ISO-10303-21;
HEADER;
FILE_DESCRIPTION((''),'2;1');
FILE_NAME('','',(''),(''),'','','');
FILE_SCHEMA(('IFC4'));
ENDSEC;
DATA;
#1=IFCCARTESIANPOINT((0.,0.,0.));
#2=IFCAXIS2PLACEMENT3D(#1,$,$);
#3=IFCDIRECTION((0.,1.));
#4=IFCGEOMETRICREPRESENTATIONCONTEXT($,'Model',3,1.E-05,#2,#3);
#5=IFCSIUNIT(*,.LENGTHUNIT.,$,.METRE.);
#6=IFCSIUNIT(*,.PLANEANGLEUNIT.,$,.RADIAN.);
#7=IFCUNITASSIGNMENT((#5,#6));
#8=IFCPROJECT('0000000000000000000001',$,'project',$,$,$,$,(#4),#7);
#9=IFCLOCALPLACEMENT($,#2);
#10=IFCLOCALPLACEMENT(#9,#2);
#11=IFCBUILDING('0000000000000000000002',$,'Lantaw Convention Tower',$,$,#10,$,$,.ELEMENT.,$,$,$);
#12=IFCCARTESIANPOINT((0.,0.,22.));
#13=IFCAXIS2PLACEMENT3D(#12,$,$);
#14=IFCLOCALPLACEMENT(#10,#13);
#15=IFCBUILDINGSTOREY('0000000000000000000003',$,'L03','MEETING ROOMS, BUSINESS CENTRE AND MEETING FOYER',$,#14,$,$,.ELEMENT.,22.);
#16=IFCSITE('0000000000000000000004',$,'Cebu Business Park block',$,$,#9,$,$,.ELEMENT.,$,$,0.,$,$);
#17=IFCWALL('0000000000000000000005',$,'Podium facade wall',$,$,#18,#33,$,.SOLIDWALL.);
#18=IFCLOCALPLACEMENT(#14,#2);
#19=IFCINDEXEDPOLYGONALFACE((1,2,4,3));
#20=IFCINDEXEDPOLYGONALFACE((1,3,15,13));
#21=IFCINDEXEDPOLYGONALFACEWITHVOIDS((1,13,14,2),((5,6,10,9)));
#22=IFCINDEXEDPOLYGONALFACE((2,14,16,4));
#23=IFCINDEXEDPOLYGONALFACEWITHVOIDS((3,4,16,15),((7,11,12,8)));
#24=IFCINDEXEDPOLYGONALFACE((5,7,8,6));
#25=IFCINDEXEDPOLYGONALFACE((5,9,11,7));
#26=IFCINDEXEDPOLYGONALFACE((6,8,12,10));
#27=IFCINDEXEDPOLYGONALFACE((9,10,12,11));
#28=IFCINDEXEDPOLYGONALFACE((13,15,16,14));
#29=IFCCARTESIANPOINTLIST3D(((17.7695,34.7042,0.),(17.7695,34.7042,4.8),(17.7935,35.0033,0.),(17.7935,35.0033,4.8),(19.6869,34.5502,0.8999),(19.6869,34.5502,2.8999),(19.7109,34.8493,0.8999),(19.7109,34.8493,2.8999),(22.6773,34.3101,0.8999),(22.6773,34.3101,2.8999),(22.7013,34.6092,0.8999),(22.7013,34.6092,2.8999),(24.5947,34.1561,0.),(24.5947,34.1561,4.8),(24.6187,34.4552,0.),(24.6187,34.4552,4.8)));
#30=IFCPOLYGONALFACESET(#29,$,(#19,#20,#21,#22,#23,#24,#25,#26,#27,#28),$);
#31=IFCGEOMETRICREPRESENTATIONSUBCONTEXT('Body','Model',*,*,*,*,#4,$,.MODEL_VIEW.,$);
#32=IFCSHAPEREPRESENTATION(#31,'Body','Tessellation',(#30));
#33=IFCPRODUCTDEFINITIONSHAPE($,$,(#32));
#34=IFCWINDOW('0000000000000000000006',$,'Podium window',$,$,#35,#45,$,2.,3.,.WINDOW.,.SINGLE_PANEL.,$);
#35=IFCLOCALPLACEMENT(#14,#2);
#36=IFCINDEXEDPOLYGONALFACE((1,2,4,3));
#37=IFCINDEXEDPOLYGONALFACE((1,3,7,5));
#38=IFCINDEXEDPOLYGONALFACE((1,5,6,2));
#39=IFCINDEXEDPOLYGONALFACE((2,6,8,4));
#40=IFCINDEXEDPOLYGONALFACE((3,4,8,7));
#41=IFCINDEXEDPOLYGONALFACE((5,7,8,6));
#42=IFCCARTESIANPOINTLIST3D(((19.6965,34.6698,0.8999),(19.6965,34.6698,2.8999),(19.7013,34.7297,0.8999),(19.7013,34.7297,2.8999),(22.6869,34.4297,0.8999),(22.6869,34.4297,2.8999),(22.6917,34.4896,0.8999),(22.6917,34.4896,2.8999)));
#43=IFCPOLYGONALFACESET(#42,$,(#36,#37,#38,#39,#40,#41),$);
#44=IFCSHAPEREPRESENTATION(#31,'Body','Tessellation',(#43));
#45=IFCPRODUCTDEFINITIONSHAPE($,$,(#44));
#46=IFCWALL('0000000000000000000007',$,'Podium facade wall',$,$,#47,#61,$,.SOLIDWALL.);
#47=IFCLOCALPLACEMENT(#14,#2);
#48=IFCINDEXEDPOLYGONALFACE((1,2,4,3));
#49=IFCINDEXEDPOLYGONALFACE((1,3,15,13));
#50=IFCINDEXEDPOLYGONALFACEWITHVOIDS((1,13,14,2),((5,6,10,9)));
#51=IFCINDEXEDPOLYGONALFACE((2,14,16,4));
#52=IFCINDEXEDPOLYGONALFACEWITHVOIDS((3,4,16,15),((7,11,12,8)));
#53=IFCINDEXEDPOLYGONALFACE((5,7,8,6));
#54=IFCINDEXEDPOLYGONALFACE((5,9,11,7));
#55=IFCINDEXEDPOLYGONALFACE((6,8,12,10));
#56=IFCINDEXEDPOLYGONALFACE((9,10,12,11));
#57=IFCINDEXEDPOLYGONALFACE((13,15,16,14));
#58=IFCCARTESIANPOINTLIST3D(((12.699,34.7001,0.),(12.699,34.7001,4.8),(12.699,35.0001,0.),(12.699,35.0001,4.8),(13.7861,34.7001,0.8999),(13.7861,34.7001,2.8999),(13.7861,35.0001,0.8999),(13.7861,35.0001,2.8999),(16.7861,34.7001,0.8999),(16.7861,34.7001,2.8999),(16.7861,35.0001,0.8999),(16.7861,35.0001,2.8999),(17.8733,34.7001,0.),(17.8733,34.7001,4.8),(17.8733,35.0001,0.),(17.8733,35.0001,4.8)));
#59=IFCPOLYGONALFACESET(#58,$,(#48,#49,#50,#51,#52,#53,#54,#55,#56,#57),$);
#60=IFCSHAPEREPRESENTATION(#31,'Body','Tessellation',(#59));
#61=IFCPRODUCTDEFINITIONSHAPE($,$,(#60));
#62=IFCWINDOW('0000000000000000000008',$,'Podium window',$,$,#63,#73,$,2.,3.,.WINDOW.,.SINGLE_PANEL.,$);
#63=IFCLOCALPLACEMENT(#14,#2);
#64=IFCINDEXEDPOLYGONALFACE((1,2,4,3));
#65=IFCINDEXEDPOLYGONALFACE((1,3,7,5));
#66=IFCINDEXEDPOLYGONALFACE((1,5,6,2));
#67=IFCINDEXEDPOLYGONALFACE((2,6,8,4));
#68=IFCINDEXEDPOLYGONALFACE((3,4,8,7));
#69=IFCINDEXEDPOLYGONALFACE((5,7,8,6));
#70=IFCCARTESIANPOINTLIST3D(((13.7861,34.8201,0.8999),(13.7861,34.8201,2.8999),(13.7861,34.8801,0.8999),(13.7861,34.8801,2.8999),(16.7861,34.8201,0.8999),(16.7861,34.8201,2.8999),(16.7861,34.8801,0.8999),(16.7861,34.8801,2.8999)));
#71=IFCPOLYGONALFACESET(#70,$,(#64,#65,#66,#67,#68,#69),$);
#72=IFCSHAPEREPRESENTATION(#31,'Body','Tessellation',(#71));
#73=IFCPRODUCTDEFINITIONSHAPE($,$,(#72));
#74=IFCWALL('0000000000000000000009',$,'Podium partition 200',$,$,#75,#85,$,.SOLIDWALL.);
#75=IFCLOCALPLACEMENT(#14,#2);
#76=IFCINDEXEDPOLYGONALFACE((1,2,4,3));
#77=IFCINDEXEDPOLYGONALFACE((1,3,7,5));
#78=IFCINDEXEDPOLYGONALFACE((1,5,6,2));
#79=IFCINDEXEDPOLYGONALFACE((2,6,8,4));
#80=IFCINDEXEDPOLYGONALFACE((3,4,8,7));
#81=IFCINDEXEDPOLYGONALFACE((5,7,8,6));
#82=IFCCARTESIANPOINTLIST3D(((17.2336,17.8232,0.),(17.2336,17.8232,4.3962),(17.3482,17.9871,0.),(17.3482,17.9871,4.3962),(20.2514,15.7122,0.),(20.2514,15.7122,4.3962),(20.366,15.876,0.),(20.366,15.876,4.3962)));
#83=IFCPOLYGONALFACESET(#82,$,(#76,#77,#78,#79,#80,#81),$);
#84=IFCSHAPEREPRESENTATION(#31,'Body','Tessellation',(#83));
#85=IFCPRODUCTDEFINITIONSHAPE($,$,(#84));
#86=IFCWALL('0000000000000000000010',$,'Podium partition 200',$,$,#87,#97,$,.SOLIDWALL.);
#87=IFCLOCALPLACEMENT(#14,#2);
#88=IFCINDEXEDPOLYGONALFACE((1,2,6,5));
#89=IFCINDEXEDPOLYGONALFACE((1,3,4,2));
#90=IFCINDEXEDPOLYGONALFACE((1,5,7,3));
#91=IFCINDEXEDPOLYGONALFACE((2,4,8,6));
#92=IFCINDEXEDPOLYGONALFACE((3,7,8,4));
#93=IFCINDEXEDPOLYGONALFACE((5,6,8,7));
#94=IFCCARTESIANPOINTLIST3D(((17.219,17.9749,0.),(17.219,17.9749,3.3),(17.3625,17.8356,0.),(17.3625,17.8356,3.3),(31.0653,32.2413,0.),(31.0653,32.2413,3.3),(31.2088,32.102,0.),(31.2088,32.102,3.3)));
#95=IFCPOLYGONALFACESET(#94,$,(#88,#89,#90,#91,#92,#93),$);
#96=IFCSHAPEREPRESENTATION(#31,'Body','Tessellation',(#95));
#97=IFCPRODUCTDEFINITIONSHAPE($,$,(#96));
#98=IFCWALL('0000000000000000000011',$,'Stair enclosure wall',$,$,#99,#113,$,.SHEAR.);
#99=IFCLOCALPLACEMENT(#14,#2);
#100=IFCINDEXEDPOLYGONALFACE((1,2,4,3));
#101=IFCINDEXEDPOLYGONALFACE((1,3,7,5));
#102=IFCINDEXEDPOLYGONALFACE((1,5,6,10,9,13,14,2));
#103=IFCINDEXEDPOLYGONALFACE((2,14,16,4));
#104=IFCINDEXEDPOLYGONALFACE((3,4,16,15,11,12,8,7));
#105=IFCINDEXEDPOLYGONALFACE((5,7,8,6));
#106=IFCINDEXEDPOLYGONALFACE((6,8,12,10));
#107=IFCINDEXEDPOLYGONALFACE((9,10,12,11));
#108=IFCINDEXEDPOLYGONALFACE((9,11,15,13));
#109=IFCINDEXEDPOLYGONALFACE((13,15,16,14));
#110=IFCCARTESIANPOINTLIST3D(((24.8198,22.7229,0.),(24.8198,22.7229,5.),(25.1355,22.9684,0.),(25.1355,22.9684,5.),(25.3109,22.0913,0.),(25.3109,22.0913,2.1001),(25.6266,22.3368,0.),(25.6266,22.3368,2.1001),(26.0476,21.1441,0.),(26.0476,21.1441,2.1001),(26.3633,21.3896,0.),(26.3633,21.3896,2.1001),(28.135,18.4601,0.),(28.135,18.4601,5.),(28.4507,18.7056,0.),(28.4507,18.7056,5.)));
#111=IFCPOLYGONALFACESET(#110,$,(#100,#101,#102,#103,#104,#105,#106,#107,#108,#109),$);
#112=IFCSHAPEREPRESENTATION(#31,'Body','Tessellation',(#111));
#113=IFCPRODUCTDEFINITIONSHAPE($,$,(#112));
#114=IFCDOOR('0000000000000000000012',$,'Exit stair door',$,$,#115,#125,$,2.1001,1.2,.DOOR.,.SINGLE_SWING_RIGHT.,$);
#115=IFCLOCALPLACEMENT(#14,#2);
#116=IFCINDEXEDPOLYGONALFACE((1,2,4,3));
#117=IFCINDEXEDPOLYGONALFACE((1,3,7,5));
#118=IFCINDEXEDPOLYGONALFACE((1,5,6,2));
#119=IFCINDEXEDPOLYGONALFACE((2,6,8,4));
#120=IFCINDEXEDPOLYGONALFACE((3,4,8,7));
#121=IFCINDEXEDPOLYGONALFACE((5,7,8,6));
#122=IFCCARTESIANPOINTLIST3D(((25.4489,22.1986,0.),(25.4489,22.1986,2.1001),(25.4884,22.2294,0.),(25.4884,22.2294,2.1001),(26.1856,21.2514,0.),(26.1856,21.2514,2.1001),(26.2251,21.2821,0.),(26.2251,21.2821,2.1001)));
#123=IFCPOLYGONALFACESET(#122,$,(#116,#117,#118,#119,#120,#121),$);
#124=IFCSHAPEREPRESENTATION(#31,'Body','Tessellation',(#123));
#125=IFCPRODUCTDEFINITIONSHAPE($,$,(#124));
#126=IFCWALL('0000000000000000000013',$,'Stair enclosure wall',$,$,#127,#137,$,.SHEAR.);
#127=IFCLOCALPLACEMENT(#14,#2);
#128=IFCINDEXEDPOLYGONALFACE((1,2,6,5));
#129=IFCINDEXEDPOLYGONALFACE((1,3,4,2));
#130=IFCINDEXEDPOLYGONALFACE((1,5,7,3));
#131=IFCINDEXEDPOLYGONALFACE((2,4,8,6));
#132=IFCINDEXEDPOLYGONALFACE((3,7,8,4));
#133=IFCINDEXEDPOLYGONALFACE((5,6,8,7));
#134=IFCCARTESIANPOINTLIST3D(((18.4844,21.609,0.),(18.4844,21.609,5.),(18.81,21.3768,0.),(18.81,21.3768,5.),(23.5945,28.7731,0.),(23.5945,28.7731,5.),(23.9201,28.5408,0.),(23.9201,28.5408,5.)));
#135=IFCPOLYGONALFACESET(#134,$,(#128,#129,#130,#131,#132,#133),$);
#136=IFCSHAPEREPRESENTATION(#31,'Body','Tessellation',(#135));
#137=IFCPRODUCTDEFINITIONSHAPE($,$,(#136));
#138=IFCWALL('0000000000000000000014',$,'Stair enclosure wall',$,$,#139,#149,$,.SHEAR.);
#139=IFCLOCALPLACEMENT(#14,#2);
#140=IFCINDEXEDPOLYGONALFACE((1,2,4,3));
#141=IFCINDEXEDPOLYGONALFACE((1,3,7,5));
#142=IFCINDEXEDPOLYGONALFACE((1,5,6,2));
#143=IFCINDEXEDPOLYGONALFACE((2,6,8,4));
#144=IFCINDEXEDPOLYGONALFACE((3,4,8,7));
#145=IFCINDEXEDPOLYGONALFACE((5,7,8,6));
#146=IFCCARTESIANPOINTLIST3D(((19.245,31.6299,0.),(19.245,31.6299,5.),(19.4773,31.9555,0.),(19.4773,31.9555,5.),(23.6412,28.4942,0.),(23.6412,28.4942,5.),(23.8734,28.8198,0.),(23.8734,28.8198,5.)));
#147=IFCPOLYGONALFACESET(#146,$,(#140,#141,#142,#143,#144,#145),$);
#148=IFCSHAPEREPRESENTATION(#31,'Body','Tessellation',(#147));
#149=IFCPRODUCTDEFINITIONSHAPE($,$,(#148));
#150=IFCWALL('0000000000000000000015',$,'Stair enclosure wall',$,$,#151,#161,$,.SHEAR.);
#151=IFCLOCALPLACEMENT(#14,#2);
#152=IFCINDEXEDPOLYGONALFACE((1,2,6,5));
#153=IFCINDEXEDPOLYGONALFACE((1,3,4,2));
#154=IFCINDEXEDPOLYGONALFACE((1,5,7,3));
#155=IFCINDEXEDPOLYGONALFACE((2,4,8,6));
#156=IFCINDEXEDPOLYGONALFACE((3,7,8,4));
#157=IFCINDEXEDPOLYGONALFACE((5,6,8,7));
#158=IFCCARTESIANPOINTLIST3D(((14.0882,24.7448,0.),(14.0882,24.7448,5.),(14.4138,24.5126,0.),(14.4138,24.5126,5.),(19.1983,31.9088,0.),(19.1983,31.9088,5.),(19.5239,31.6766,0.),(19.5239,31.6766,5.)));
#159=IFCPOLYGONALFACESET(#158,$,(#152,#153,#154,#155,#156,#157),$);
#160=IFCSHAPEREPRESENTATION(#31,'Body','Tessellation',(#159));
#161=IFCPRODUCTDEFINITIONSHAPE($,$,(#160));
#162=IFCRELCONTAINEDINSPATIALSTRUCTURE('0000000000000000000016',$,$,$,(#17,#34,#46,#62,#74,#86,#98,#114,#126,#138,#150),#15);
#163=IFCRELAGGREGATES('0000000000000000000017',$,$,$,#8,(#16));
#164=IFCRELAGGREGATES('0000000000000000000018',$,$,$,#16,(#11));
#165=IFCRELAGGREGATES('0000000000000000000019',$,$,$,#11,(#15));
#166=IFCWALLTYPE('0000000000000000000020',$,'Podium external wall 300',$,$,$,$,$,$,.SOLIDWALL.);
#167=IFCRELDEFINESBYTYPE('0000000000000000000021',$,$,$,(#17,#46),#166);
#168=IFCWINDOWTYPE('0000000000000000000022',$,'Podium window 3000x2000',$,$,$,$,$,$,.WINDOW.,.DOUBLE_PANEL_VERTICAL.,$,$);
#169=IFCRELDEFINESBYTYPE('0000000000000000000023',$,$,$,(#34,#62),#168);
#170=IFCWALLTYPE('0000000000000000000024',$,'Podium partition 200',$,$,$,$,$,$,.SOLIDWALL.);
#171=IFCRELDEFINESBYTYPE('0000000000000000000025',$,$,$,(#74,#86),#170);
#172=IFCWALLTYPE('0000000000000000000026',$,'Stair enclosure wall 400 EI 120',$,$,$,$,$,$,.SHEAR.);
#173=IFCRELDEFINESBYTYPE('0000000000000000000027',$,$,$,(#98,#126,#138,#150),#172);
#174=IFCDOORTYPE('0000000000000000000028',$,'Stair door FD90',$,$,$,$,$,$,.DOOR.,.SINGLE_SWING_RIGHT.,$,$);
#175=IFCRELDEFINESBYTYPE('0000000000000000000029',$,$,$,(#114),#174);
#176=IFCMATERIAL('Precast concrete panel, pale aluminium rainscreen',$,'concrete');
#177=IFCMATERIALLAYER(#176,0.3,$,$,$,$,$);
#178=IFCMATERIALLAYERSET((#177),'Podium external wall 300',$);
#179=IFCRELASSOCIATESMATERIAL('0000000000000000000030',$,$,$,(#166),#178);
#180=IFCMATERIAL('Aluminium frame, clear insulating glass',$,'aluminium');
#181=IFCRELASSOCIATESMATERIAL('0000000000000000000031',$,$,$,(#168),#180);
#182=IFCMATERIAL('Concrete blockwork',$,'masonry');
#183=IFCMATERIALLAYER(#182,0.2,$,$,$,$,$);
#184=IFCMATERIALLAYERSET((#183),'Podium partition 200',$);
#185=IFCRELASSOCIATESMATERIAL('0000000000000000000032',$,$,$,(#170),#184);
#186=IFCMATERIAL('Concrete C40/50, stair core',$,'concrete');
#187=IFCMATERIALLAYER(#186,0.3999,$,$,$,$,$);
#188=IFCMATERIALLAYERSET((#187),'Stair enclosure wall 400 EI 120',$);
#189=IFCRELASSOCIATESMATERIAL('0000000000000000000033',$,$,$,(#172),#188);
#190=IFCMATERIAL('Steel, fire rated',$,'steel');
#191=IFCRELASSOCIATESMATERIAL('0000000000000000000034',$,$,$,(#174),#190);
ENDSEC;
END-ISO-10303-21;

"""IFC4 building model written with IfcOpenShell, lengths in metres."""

from ifc_helpers import new_model, si_unit, direction, frame, frame_2d, origin, place, context, subcontext, project, spatial, rectangle, extrude, material, layer, layer_set, type_object, element, fill, save


model = new_model("IFC4")

# Units and contexts
model_context = context("Model", 3, precision=1e-05, world=origin(), true_north=direction((0.0, 1.0)))
body_context = subcontext(model_context, "Body", "Model", "MODEL_VIEW")
ifc_project = project(units=[si_unit("LENGTHUNIT", "METRE"), si_unit("PLANEANGLEUNIT", "RADIAN")], contexts=[model_context])

# Site, building, storey
site_placement = place(None, origin())
site = spatial("IfcSite", under=ifc_project, at=site_placement, Name="Cebu Business Park block", CompositionType="ELEMENT", RefElevation=0.0)
building_placement = place(site_placement, origin())
building = spatial("IfcBuilding", under=site, at=building_placement, Name="Lantaw Convention Tower", CompositionType="ELEMENT")
storey_placement = place(building_placement, frame((0.0, 0.0, 22.0)))
storey = spatial("IfcBuildingStorey", under=building, at=storey_placement, Name="L03", Description="MEETING ROOMS, BUSINESS CENTRE AND MEETING FOYER", CompositionType="ELEMENT", Elevation=22.0)

# Walls, openings, windows
ifc_material_1 = material(Name="Precast concrete panel, pale aluminium rainscreen", Category="concrete")
ifc_layer_1 = layer(ifc_material_1, 0.3)
ifc_layer_set_1 = layer_set([ifc_layer_1], Name="Podium external wall 300")
wall_type_1 = type_object("IfcWallType", Name="Podium external wall 300", PredefinedType="SOLIDWALL", material=ifc_layer_set_1)
wall_1_placement = place(storey_placement, frame((24.6067, 34.3057, 0.0), z_axis=(0.0, 0.0, 1.0), x_axis=(-0.996791, 0.080047, 0.0)))
wall_1 = element("IfcWall", 1, at=wall_1_placement, inside=storey, type_object=wall_type_1, Name="Podium facade wall", PredefinedType="SOLIDWALL", context=body_context, shape_type="SweptSolid", body=[
    extrude(rectangle(XDim=6.8472, YDim=0.3, at=frame_2d((3.4236, 0.0))), origin(), (0.0, 0.0, 1.0), 4.8),
])
opening_1_placement = place(wall_1_placement, frame((1.9236, 0.0, 0.8999)))
opening_1 = element("IfcOpeningElement", 2, at=opening_1_placement, cuts=wall_1, PredefinedType="OPENING", context=body_context, shape_type="SweptSolid", body=[
    extrude(rectangle(XDim=3.0, YDim=2.0, at=frame_2d((1.5, 1.0))), frame((0.0, 0.1599, 0.0), z_axis=(0.0, -1.0, 0.0), x_axis=(1.0, 0.0, 0.0)), (0.0, 0.0, 1.0), 0.3201),
])
ifc_material_2 = material(Name="Aluminium frame, clear insulating glass", Category="aluminium")
window_type = type_object("IfcWindowType", Name="Podium window 3000x2000", PartitioningType="DOUBLE_PANEL_VERTICAL", PredefinedType="WINDOW", material=ifc_material_2)
window_1_placement = place(opening_1_placement, origin())
window_1 = element("IfcWindow", 3, at=window_1_placement, inside=storey, type_object=window_type, Name="Podium window", OverallHeight=2.0, OverallWidth=3.0, PartitioningType="SINGLE_PANEL", PredefinedType="WINDOW", context=body_context, shape_type="SweptSolid", body=[
    extrude(rectangle(XDim=3.0, YDim=2.0, at=frame_2d((1.5, 1.0))), frame((0.0, 0.03, 0.0), z_axis=(0.0, -1.0, 0.0), x_axis=(1.0, 0.0, 0.0)), (0.0, 0.0, 1.0), 0.0601),
])
fill(opening_1, window_1)
wall_2_placement = place(storey_placement, frame((17.8733, 34.8501, 0.0), z_axis=(0.0, 0.0, 1.0), x_axis=(-1.0, 0.0, 0.0)))
wall_2 = element("IfcWall", 4, at=wall_2_placement, inside=storey, type_object=wall_type_1, Name="Podium facade wall", PredefinedType="SOLIDWALL", context=body_context, shape_type="SweptSolid", body=[
    extrude(rectangle(XDim=5.1743, YDim=0.3, at=frame_2d((2.5872, 0.0))), origin(), (0.0, 0.0, 1.0), 4.8),
])
opening_2_placement = place(wall_2_placement, frame((1.0872, 0.0, 0.8999)))
opening_2 = element("IfcOpeningElement", 5, at=opening_2_placement, cuts=wall_2, PredefinedType="OPENING", context=body_context, shape_type="SweptSolid", body=[
    extrude(rectangle(XDim=3.0, YDim=2.0, at=frame_2d((1.5, 1.0))), frame((0.0, 0.1599, 0.0), z_axis=(0.0, -1.0, 0.0), x_axis=(1.0, 0.0, 0.0)), (0.0, 0.0, 1.0), 0.3201),
])
window_2_placement = place(opening_2_placement, origin())
window_2 = element("IfcWindow", 6, at=window_2_placement, inside=storey, type_object=window_type, Name="Podium window", OverallHeight=2.0, OverallWidth=3.0, PartitioningType="SINGLE_PANEL", PredefinedType="WINDOW", context=body_context, shape_type="SweptSolid", body=[
    extrude(rectangle(XDim=3.0, YDim=2.0, at=frame_2d((1.5, 1.0))), frame((0.0, 0.03, 0.0), z_axis=(0.0, -1.0, 0.0), x_axis=(1.0, 0.0, 0.0)), (0.0, 0.0, 1.0), 0.0601),
])
fill(opening_2, window_2)

# Wall
ifc_material_3 = material(Name="Concrete blockwork", Category="masonry")
ifc_layer_2 = layer(ifc_material_3, 0.2)
ifc_layer_set_2 = layer_set([ifc_layer_2], Name="Podium partition 200")
wall_type_2 = type_object("IfcWallType", Name="Podium partition 200", PredefinedType="SOLIDWALL", material=ifc_layer_set_2)
wall_3_placement = place(storey_placement, frame((20.3086, 15.7942, 0.0), z_axis=(0.0, 0.0, 1.0), x_axis=(-0.819409, 0.573209, 0.0)))
element("IfcWall", 7, at=wall_3_placement, inside=storey, type_object=wall_type_2, Name="Podium partition 200", PredefinedType="SOLIDWALL", context=body_context, shape_type="SweptSolid", body=[
    extrude(rectangle(XDim=3.6829, YDim=0.2, at=frame_2d((1.8413, 0.0))), origin(), (0.0, 0.0, 1.0), 4.3962),
])

# Wall
wall_4_placement = place(storey_placement, frame((17.2908, 17.9053, 0.0), z_axis=(0.0, 0.0, 1.0), x_axis=(0.696461, 0.717595, 0.0)))
element("IfcWall", 8, at=wall_4_placement, inside=storey, type_object=wall_type_2, Name="Podium partition 200", PredefinedType="SOLIDWALL", context=body_context, shape_type="SweptSolid", body=[
    extrude(rectangle(XDim=19.8809, YDim=0.2, at=frame_2d((9.9404, 0.0))), origin(), (0.0, 0.0, 1.0), 3.3),
])

# Wall, opening, door
ifc_material_4 = material(Name="Concrete C40/50, stair core", Category="concrete")
ifc_layer_3 = layer(ifc_material_4, 0.3999)
ifc_layer_set_3 = layer_set([ifc_layer_3], Name="Stair enclosure wall 400 EI 120")
wall_type_3 = type_object("IfcWallType", Name="Stair enclosure wall 400 EI 120", PredefinedType="SHEAR", material=ifc_layer_set_3)
wall_5_placement = place(storey_placement, frame((24.9775, 22.8457, 0.0), z_axis=(0.0, 0.0, 1.0), x_axis=(0.613912, -0.789374, 0.0)))
wall_5 = element("IfcWall", 9, at=wall_5_placement, inside=storey, type_object=wall_type_3, Name="Stair enclosure wall", PredefinedType="SHEAR", context=body_context, shape_type="SweptSolid", body=[
    extrude(rectangle(XDim=5.4001, YDim=0.3999, at=frame_2d((2.7002, 0.0))), origin(), (0.0, 0.0, 1.0), 5.0),
])
opening_3_placement = place(wall_5_placement, frame((0.8, 0.0, 0.0)))
opening_3 = element("IfcOpeningElement", 10, at=opening_3_placement, cuts=wall_5, PredefinedType="OPENING", context=body_context, shape_type="SweptSolid", body=[
    extrude(rectangle(XDim=1.2, YDim=2.1001, at=frame_2d((0.6001, 1.05))), frame((0.0, 0.21, 0.0), z_axis=(0.0, -1.0, 0.0), x_axis=(1.0, 0.0, 0.0)), (0.0, 0.0, 1.0), 0.4199),
])
ifc_material_5 = material(Name="Steel, fire rated", Category="steel")
door_type_1 = type_object("IfcDoorType", Name="Stair door FD90", OperationType="SINGLE_SWING_RIGHT", PredefinedType="DOOR", material=ifc_material_5)
door_1_placement = place(opening_3_placement, origin())
door_1 = element("IfcDoor", 11, at=door_1_placement, inside=storey, type_object=door_type_1, Name="Exit stair door", OperationType="SINGLE_SWING_RIGHT", OverallHeight=2.1001, OverallWidth=1.2, PredefinedType="DOOR", context=body_context, shape_type="SweptSolid", body=[
    extrude(rectangle(XDim=1.2, YDim=2.1001, at=frame_2d((0.6001, 1.05))), frame((0.0, 0.0249, 0.0), z_axis=(0.0, -1.0, 0.0), x_axis=(1.0, 0.0, 0.0)), (0.0, 0.0, 1.0), 0.05),
])
fill(opening_3, door_1)

# Walls
wall_6_placement = place(storey_placement, frame((18.6472, 21.4929, 0.0), z_axis=(0.0, 0.0, 1.0), x_axis=(0.580705, 0.814114, 0.0)))
element("IfcWall", 12, at=wall_6_placement, inside=storey, type_object=wall_type_3, Name="Stair enclosure wall", PredefinedType="SHEAR", context=body_context, shape_type="SweptSolid", body=[
    extrude(rectangle(XDim=8.7998, YDim=0.3999, at=frame_2d((4.3999, 0.0))), origin(), (0.0, 0.0, 1.0), 5.0),
])
wall_7_placement = place(storey_placement, frame((23.7573, 28.657, 0.0), z_axis=(0.0, 0.0, 1.0), x_axis=(-0.814121, 0.580695, 0.0)))
element("IfcWall", 13, at=wall_7_placement, inside=storey, type_object=wall_type_3, Name="Stair enclosure wall", PredefinedType="SHEAR", context=body_context, shape_type="SweptSolid", body=[
    extrude(rectangle(XDim=5.3999, YDim=0.3999, at=frame_2d((2.7, 0.0))), origin(), (0.0, 0.0, 1.0), 5.0),
])
wall_8_placement = place(storey_placement, frame((19.3611, 31.7927, 0.0), z_axis=(0.0, 0.0, 1.0), x_axis=(-0.580705, -0.814114, 0.0)))
element("IfcWall", 14, at=wall_8_placement, inside=storey, type_object=wall_type_3, Name="Stair enclosure wall", PredefinedType="SHEAR", context=body_context, shape_type="SweptSolid", body=[
    extrude(rectangle(XDim=8.7998, YDim=0.3999, at=frame_2d((4.3999, 0.0))), origin(), (0.0, 0.0, 1.0), 5.0),
])

save(model, "model.ifc")
